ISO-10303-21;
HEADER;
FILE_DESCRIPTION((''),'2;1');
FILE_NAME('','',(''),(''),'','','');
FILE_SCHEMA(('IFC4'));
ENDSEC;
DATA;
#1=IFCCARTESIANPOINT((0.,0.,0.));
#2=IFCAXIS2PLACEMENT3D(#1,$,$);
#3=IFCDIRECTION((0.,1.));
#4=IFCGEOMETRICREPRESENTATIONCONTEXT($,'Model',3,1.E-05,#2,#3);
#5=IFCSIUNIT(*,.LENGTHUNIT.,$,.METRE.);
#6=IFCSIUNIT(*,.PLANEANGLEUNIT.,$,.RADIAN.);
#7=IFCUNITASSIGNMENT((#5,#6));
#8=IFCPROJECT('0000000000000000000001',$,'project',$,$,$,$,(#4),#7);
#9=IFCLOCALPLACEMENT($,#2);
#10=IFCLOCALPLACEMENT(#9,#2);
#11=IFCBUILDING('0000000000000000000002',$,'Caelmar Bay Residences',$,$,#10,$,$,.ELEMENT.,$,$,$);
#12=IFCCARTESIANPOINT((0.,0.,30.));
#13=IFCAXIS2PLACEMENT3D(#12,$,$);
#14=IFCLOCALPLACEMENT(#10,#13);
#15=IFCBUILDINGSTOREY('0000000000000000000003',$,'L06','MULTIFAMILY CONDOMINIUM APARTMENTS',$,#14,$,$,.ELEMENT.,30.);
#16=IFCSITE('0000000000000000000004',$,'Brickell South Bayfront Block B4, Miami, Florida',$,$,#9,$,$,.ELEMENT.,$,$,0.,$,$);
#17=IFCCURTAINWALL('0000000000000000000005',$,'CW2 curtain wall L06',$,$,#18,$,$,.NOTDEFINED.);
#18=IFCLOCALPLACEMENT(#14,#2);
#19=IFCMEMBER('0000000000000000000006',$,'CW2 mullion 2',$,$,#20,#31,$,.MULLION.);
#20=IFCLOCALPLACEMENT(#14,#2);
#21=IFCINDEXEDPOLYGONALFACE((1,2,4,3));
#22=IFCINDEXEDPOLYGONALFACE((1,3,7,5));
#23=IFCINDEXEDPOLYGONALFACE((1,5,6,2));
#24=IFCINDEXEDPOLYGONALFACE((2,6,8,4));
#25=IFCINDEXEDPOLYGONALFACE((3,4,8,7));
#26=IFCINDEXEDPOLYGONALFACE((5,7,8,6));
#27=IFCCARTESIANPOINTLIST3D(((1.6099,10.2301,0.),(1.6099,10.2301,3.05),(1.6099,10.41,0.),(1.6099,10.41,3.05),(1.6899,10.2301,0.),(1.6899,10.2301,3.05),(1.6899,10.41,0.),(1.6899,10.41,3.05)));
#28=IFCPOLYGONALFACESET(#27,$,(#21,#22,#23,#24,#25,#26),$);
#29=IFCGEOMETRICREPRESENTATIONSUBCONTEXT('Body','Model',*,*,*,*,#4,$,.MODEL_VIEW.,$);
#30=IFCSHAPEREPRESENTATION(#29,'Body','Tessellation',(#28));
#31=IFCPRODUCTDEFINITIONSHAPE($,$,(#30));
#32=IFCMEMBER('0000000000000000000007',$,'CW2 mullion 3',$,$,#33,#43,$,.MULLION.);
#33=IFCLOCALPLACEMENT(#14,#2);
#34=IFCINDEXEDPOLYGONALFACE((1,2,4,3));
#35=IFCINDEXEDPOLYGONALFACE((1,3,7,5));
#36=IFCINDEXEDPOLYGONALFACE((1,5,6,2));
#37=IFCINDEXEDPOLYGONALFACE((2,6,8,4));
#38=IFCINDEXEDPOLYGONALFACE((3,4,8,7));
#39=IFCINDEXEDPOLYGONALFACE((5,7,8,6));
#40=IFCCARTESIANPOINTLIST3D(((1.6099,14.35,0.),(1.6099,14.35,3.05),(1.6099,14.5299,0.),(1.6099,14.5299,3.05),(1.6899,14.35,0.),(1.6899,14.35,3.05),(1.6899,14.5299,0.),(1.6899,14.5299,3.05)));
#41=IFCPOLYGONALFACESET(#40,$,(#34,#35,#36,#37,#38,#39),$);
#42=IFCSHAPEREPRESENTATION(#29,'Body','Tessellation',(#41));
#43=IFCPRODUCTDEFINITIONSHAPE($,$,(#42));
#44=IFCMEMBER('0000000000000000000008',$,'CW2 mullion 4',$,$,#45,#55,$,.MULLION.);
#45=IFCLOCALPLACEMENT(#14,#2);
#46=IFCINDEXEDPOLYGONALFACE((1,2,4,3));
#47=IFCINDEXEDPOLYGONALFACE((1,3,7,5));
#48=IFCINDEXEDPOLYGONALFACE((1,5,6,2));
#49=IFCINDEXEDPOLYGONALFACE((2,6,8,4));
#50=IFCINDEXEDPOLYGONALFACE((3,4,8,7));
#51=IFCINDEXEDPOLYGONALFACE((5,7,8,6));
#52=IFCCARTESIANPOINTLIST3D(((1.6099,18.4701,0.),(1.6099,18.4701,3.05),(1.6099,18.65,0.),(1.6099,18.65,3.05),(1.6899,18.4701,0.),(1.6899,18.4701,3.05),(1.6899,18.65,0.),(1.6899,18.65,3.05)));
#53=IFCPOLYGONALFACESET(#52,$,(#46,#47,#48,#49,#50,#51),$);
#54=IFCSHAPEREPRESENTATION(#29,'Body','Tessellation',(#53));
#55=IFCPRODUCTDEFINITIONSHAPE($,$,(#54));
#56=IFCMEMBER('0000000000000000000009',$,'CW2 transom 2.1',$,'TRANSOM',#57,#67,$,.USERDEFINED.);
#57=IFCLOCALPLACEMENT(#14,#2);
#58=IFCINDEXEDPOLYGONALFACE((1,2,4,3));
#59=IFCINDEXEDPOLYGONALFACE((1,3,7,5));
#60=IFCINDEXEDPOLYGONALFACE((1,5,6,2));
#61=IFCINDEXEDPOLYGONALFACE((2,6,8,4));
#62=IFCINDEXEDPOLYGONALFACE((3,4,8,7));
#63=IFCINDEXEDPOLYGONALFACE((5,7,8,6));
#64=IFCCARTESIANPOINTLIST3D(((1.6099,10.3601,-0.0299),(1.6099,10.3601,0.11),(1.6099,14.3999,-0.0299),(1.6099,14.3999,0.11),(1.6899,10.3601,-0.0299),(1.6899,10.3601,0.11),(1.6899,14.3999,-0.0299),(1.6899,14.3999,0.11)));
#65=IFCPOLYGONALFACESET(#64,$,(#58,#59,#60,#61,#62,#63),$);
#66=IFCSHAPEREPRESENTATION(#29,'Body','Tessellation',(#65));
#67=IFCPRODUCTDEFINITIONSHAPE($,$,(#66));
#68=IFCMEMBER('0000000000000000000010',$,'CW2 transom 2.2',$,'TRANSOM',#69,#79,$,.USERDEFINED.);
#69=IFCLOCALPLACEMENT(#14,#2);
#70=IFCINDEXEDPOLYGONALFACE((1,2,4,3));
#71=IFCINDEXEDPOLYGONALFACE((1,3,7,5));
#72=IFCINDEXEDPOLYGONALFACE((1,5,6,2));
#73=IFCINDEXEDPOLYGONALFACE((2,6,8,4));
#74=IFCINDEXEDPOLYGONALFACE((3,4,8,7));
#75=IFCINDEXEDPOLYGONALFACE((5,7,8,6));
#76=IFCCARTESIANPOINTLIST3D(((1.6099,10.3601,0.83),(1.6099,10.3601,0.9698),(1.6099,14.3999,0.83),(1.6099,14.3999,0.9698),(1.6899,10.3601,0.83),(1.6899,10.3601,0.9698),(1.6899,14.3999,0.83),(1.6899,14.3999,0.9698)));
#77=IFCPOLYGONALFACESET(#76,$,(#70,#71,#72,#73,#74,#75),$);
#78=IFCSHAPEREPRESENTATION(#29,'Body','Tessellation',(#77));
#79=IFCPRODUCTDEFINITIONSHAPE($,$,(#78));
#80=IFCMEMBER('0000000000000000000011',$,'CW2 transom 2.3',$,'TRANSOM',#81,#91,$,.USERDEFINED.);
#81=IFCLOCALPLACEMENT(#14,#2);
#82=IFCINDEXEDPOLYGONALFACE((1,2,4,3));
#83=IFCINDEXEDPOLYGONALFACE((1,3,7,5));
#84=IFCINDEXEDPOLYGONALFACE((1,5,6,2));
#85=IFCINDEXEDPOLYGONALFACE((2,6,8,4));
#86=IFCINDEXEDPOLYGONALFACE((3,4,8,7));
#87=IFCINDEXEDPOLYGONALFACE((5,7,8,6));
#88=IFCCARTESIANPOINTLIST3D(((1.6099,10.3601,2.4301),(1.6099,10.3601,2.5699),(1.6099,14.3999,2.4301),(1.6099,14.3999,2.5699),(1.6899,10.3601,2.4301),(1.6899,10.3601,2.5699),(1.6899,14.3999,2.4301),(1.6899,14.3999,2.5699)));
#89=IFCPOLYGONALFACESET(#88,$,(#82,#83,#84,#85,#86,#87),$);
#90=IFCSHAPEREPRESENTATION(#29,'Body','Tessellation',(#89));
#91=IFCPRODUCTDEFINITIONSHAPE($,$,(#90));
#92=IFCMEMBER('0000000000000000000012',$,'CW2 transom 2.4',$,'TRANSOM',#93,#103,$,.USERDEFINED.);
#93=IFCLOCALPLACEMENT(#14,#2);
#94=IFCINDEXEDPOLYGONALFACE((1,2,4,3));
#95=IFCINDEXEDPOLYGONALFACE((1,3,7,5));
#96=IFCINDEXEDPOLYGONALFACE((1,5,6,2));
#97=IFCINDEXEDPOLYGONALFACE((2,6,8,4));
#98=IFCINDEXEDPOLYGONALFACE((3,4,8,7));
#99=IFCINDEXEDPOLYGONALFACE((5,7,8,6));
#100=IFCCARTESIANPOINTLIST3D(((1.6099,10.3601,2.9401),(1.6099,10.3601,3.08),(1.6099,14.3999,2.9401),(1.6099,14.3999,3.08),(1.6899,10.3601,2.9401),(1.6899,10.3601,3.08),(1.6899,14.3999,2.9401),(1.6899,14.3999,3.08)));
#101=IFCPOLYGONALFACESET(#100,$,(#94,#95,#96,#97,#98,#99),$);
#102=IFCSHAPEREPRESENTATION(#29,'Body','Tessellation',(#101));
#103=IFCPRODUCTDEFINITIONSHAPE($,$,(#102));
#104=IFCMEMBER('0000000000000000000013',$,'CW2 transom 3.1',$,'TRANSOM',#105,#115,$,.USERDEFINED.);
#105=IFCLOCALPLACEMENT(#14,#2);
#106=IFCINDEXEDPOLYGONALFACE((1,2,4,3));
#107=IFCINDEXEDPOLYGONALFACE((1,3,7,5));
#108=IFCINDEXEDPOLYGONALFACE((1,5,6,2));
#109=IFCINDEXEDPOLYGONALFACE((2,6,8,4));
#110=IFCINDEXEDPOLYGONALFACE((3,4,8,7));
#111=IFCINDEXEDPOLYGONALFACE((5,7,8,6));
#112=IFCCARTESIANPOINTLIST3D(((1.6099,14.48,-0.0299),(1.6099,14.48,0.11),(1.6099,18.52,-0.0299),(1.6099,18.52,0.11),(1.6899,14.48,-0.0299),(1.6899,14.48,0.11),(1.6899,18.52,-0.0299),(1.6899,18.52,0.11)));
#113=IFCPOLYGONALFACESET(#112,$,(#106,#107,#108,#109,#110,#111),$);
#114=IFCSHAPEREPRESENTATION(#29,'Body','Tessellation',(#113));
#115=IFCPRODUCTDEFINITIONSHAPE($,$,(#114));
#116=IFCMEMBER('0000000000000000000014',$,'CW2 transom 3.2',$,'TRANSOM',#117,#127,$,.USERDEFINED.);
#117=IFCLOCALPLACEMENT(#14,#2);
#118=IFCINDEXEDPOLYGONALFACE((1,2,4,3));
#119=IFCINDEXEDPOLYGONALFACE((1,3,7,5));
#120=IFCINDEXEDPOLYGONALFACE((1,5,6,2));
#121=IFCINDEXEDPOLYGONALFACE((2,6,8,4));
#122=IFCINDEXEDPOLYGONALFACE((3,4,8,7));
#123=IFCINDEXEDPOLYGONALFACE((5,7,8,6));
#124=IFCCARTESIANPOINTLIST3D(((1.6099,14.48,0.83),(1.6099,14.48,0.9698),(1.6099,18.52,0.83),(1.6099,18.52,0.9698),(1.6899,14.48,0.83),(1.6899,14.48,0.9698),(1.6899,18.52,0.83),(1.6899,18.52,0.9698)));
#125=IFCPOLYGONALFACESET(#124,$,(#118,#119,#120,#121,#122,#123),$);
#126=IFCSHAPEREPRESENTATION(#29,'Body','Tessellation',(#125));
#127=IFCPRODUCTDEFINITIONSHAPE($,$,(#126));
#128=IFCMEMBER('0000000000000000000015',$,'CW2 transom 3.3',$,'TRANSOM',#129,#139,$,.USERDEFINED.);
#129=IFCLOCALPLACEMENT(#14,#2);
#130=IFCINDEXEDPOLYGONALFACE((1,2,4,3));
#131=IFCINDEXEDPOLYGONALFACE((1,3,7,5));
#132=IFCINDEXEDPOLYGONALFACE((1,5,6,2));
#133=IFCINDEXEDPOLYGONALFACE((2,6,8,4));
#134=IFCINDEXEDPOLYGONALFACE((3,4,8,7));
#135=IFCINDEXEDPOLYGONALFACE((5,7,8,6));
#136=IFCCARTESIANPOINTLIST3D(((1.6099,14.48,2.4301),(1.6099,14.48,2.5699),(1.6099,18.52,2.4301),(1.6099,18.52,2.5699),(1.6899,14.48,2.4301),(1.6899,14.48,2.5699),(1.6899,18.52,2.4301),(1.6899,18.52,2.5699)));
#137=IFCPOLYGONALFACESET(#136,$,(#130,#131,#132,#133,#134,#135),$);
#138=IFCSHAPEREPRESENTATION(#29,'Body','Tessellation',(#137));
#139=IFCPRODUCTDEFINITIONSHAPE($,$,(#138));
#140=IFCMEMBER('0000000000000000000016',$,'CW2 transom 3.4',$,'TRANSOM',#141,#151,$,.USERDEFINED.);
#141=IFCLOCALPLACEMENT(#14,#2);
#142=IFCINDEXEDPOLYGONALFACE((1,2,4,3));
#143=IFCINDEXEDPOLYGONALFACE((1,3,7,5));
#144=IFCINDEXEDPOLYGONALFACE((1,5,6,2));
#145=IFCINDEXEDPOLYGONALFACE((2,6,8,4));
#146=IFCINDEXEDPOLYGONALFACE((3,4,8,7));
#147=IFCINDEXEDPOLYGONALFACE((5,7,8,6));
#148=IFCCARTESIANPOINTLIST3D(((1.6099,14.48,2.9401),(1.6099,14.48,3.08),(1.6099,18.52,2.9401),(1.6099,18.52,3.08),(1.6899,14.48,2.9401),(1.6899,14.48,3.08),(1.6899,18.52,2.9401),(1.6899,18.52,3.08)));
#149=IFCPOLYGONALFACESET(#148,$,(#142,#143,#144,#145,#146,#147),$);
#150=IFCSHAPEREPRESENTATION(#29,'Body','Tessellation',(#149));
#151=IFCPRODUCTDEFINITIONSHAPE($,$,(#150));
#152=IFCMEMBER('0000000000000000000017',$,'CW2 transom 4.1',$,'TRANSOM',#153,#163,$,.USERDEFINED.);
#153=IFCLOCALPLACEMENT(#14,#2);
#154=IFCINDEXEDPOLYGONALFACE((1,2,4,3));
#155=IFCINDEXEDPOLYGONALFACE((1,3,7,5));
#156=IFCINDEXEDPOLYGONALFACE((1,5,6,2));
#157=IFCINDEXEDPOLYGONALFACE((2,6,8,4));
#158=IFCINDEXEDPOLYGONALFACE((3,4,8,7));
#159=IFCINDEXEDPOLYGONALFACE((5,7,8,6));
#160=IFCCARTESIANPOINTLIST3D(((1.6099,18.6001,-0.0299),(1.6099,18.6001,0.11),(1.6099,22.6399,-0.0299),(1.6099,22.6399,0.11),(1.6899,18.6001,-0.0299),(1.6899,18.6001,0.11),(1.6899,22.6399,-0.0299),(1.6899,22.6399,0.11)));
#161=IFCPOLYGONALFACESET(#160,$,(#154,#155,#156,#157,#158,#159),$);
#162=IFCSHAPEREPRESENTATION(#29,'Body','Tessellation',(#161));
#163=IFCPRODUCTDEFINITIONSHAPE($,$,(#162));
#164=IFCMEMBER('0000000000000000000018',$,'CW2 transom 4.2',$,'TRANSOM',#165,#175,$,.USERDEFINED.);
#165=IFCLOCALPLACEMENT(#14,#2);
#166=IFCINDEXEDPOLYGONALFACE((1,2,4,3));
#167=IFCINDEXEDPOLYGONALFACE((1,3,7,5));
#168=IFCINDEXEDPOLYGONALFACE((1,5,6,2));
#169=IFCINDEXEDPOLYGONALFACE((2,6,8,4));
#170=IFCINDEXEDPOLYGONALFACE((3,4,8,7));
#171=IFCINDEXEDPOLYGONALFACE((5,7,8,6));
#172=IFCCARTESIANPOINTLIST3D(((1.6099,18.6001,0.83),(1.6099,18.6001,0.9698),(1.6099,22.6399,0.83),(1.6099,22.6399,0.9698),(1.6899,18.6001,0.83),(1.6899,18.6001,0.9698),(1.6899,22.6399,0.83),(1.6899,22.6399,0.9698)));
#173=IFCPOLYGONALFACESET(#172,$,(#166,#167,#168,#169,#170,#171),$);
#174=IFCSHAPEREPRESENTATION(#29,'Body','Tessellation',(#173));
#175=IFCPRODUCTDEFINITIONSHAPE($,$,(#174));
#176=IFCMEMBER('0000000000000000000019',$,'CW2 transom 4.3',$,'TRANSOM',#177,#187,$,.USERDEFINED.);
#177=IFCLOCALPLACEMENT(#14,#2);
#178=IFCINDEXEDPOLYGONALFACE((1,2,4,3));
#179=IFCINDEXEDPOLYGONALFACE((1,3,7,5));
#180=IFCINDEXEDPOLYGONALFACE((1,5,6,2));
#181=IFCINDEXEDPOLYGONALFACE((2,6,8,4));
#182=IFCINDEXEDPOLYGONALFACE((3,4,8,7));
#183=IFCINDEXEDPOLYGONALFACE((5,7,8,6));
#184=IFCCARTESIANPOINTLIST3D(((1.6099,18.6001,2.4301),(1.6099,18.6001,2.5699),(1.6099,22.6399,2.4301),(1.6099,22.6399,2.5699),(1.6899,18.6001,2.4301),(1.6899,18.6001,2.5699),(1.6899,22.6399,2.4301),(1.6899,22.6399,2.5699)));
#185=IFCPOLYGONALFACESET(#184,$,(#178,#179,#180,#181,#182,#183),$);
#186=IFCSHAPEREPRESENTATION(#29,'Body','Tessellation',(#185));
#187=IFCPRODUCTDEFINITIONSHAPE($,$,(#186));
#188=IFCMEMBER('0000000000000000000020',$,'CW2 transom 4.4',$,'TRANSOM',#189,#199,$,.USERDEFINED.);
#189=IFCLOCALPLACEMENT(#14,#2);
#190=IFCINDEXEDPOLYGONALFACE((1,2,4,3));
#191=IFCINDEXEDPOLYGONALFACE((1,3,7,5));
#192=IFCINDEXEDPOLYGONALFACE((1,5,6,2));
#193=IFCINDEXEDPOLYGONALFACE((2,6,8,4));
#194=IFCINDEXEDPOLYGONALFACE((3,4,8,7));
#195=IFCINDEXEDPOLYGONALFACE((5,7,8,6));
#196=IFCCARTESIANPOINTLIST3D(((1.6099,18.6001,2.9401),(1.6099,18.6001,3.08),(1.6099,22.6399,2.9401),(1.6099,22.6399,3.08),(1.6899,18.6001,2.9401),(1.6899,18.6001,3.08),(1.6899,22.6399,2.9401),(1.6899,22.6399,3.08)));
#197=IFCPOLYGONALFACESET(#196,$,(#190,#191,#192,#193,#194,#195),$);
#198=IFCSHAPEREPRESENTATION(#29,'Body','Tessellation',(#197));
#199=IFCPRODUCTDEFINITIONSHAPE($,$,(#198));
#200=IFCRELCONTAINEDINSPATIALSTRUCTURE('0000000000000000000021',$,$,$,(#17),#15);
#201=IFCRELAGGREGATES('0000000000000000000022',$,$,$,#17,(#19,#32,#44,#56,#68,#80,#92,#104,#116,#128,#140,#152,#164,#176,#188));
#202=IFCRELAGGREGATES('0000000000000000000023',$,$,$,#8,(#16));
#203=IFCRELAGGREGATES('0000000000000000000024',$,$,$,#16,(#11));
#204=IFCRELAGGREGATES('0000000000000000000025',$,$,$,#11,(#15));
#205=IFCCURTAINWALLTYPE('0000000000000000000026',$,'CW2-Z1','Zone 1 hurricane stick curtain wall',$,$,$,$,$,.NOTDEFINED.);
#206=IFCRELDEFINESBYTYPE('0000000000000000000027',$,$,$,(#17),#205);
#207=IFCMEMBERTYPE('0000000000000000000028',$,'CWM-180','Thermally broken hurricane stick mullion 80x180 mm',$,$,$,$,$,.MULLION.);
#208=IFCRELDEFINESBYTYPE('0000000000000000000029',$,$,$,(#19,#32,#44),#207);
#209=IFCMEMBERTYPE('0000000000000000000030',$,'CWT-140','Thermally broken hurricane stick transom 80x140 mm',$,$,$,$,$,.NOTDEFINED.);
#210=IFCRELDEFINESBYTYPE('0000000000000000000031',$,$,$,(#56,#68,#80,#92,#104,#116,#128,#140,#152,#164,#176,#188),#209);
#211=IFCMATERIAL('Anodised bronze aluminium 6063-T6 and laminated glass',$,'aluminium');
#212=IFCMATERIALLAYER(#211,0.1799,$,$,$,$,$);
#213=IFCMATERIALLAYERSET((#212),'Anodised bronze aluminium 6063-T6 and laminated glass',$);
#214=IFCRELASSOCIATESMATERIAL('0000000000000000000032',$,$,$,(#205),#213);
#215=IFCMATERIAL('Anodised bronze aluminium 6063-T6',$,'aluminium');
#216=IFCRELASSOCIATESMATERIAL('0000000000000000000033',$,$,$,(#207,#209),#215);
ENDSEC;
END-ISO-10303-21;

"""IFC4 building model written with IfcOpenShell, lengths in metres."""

from ifc_helpers import new_model, si_unit, direction, frame, origin, origin_2d, place, context, subcontext, project, spatial, rectangle, extrude, material, layer, layer_set, material_profile, profile_set, type_object, element, aggregate, save


model = new_model("IFC4")

# Units and contexts
model_context = context("Model", 3, precision=1e-05, world=origin(), true_north=direction((0.0, 1.0)))
body_context = subcontext(model_context, "Body", "Model", "MODEL_VIEW")
ifc_project = project(units=[si_unit("LENGTHUNIT", "METRE"), si_unit("PLANEANGLEUNIT", "RADIAN")], contexts=[model_context])

# Site, building, storey
site_placement = place(None, origin())
site = spatial("IfcSite", under=ifc_project, at=site_placement, Name="Brickell South Bayfront Block B4, Miami, Florida", CompositionType="ELEMENT", RefElevation=0.0)
building_placement = place(site_placement, origin())
building = spatial("IfcBuilding", under=site, at=building_placement, Name="Caelmar Bay Residences", CompositionType="ELEMENT")
storey_placement = place(building_placement, frame((0.0, 0.0, 30.0)))
storey = spatial("IfcBuildingStorey", under=building, at=storey_placement, Name="L06", Description="MULTIFAMILY CONDOMINIUM APARTMENTS", CompositionType="ELEMENT", Elevation=30.0)

# Curtain wall, members
ifc_material_1 = material(Name="Anodised bronze aluminium 6063-T6 and laminated glass", Category="aluminium")
ifc_layer_1 = layer(ifc_material_1, 0.1799)
ifc_layer_set_1 = layer_set([ifc_layer_1], Name="Anodised bronze aluminium 6063-T6 and laminated glass")
curtain_wall_type = type_object("IfcCurtainWallType", Name="CW2-Z1", Description="Zone 1 hurricane stick curtain wall", PredefinedType="NOTDEFINED", material=ifc_layer_set_1)
curtain_wall_placement = place(storey_placement, origin())
curtain_wall = element("IfcCurtainWall", 1, at=curtain_wall_placement, inside=storey, type_object=curtain_wall_type, Name="CW2 curtain wall L06", PredefinedType="NOTDEFINED")
ifc_material_2 = material(Name="Anodised bronze aluminium 6063-T6", Category="aluminium")
ifc_material_profile_1 = material_profile(ifc_material_2, rectangle(XDim=0.0801, YDim=0.1799, at=origin_2d()), Name="CWM-80X180")
ifc_profile_set_1 = profile_set([ifc_material_profile_1], Name="Anodised bronze aluminium 6063-T6")
member_type_1 = type_object("IfcMemberType", Name="CWM-180", Description="Thermally broken hurricane stick mullion 80x180 mm", PredefinedType="MULLION", material=ifc_profile_set_1)
member_1_placement = place(storey_placement, frame((1.6499, 10.3201, 0.0), z_axis=(0.0, 0.0, 1.0), x_axis=(-1.0, 0.0, 0.0)))
member_1 = element("IfcMember", 2, at=member_1_placement, type_object=member_type_1, Name="CW2 mullion 2", PredefinedType="MULLION", context=body_context, shape_type="SweptSolid", body=[
    extrude(rectangle(XDim=0.0801, YDim=0.1799, at=origin_2d()), origin(), (0.0, 0.0, 1.0), 3.05),
])
member_2_placement = place(storey_placement, frame((1.6499, 14.4399, 0.0), z_axis=(0.0, 0.0, 1.0), x_axis=(-1.0, 0.0, 0.0)))
member_2 = element("IfcMember", 3, at=member_2_placement, type_object=member_type_1, Name="CW2 mullion 3", PredefinedType="MULLION", context=body_context, shape_type="SweptSolid", body=[
    extrude(rectangle(XDim=0.0801, YDim=0.1799, at=origin_2d()), origin(), (0.0, 0.0, 1.0), 3.05),
])
member_3_placement = place(storey_placement, frame((1.6499, 18.5601, 0.0), z_axis=(0.0, 0.0, 1.0), x_axis=(-1.0, 0.0, 0.0)))
member_3 = element("IfcMember", 4, at=member_3_placement, type_object=member_type_1, Name="CW2 mullion 4", PredefinedType="MULLION", context=body_context, shape_type="SweptSolid", body=[
    extrude(rectangle(XDim=0.0801, YDim=0.1799, at=origin_2d()), origin(), (0.0, 0.0, 1.0), 3.05),
])
ifc_material_profile_2 = material_profile(ifc_material_2, rectangle(XDim=0.0801, YDim=0.1399, at=origin_2d()), Name="CWT-80X140")
ifc_profile_set_2 = profile_set([ifc_material_profile_2], Name="Anodised bronze aluminium 6063-T6")
member_type_2 = type_object("IfcMemberType", Name="CWT-140", Description="Thermally broken hurricane stick transom 80x140 mm", PredefinedType="NOTDEFINED", material=ifc_profile_set_2)
member_4_placement = place(storey_placement, frame((1.6499, 10.3601, 0.04), z_axis=(0.0, 1.0, 0.0), x_axis=(-1.0, 0.0, 0.0)))
member_4 = element("IfcMember", 5, at=member_4_placement, type_object=member_type_2, Name="CW2 transom 2.1", ObjectType="TRANSOM", PredefinedType="USERDEFINED", context=body_context, shape_type="SweptSolid", body=[
    extrude(rectangle(XDim=0.0801, YDim=0.1399, at=origin_2d()), origin(), (0.0, 0.0, 1.0), 4.0398),
])
member_5_placement = place(storey_placement, frame((1.6499, 10.3601, 0.8999), z_axis=(0.0, 1.0, 0.0), x_axis=(-1.0, 0.0, 0.0)))
member_5 = element("IfcMember", 6, at=member_5_placement, type_object=member_type_2, Name="CW2 transom 2.2", ObjectType="TRANSOM", PredefinedType="USERDEFINED", context=body_context, shape_type="SweptSolid", body=[
    extrude(rectangle(XDim=0.0801, YDim=0.1399, at=origin_2d()), origin(), (0.0, 0.0, 1.0), 4.0398),
])
member_6_placement = place(storey_placement, frame((1.6499, 10.3601, 2.5), z_axis=(0.0, 1.0, 0.0), x_axis=(-1.0, 0.0, 0.0)))
member_6 = element("IfcMember", 7, at=member_6_placement, type_object=member_type_2, Name="CW2 transom 2.3", ObjectType="TRANSOM", PredefinedType="USERDEFINED", context=body_context, shape_type="SweptSolid", body=[
    extrude(rectangle(XDim=0.0801, YDim=0.1399, at=origin_2d()), origin(), (0.0, 0.0, 1.0), 4.0398),
])
member_7_placement = place(storey_placement, frame((1.6499, 10.3601, 3.01), z_axis=(0.0, 1.0, 0.0), x_axis=(-1.0, 0.0, 0.0)))
member_7 = element("IfcMember", 8, at=member_7_placement, type_object=member_type_2, Name="CW2 transom 2.4", ObjectType="TRANSOM", PredefinedType="USERDEFINED", context=body_context, shape_type="SweptSolid", body=[
    extrude(rectangle(XDim=0.0801, YDim=0.1399, at=origin_2d()), origin(), (0.0, 0.0, 1.0), 4.0398),
])
member_8_placement = place(storey_placement, frame((1.6499, 14.48, 0.04), z_axis=(0.0, 1.0, 0.0), x_axis=(-1.0, 0.0, 0.0)))
member_8 = element("IfcMember", 9, at=member_8_placement, type_object=member_type_2, Name="CW2 transom 3.1", ObjectType="TRANSOM", PredefinedType="USERDEFINED", context=body_context, shape_type="SweptSolid", body=[
    extrude(rectangle(XDim=0.0801, YDim=0.1399, at=origin_2d()), origin(), (0.0, 0.0, 1.0), 4.04),
])
member_9_placement = place(storey_placement, frame((1.6499, 14.48, 0.8999), z_axis=(0.0, 1.0, 0.0), x_axis=(-1.0, 0.0, 0.0)))
member_9 = element("IfcMember", 10, at=member_9_placement, type_object=member_type_2, Name="CW2 transom 3.2", ObjectType="TRANSOM", PredefinedType="USERDEFINED", context=body_context, shape_type="SweptSolid", body=[
    extrude(rectangle(XDim=0.0801, YDim=0.1399, at=origin_2d()), origin(), (0.0, 0.0, 1.0), 4.04),
])
member_10_placement = place(storey_placement, frame((1.6499, 14.48, 2.5), z_axis=(0.0, 1.0, 0.0), x_axis=(-1.0, 0.0, 0.0)))
member_10 = element("IfcMember", 11, at=member_10_placement, type_object=member_type_2, Name="CW2 transom 3.3", ObjectType="TRANSOM", PredefinedType="USERDEFINED", context=body_context, shape_type="SweptSolid", body=[
    extrude(rectangle(XDim=0.0801, YDim=0.1399, at=origin_2d()), origin(), (0.0, 0.0, 1.0), 4.04),
])
member_11_placement = place(storey_placement, frame((1.6499, 14.48, 3.01), z_axis=(0.0, 1.0, 0.0), x_axis=(-1.0, 0.0, 0.0)))
member_11 = element("IfcMember", 12, at=member_11_placement, type_object=member_type_2, Name="CW2 transom 3.4", ObjectType="TRANSOM", PredefinedType="USERDEFINED", context=body_context, shape_type="SweptSolid", body=[
    extrude(rectangle(XDim=0.0801, YDim=0.1399, at=origin_2d()), origin(), (0.0, 0.0, 1.0), 4.04),
])
member_12_placement = place(storey_placement, frame((1.6499, 18.6001, 0.04), z_axis=(0.0, 1.0, 0.0), x_axis=(-1.0, 0.0, 0.0)))
member_12 = element("IfcMember", 13, at=member_12_placement, type_object=member_type_2, Name="CW2 transom 4.1", ObjectType="TRANSOM", PredefinedType="USERDEFINED", context=body_context, shape_type="SweptSolid", body=[
    extrude(rectangle(XDim=0.0801, YDim=0.1399, at=origin_2d()), origin(), (0.0, 0.0, 1.0), 4.0398),
])
member_13_placement = place(storey_placement, frame((1.6499, 18.6001, 0.8999), z_axis=(0.0, 1.0, 0.0), x_axis=(-1.0, 0.0, 0.0)))
member_13 = element("IfcMember", 14, at=member_13_placement, type_object=member_type_2, Name="CW2 transom 4.2", ObjectType="TRANSOM", PredefinedType="USERDEFINED", context=body_context, shape_type="SweptSolid", body=[
    extrude(rectangle(XDim=0.0801, YDim=0.1399, at=origin_2d()), origin(), (0.0, 0.0, 1.0), 4.0398),
])
member_14_placement = place(storey_placement, frame((1.6499, 18.6001, 2.5), z_axis=(0.0, 1.0, 0.0), x_axis=(-1.0, 0.0, 0.0)))
member_14 = element("IfcMember", 15, at=member_14_placement, type_object=member_type_2, Name="CW2 transom 4.3", ObjectType="TRANSOM", PredefinedType="USERDEFINED", context=body_context, shape_type="SweptSolid", body=[
    extrude(rectangle(XDim=0.0801, YDim=0.1399, at=origin_2d()), origin(), (0.0, 0.0, 1.0), 4.0398),
])
member_15_placement = place(storey_placement, frame((1.6499, 18.6001, 3.01), z_axis=(0.0, 1.0, 0.0), x_axis=(-1.0, 0.0, 0.0)))
member_15 = element("IfcMember", 16, at=member_15_placement, type_object=member_type_2, Name="CW2 transom 4.4", ObjectType="TRANSOM", PredefinedType="USERDEFINED", context=body_context, shape_type="SweptSolid", body=[
    extrude(rectangle(XDim=0.0801, YDim=0.1399, at=origin_2d()), origin(), (0.0, 0.0, 1.0), 4.0398),
])
aggregate(curtain_wall, [member_1, member_2, member_3, member_4, member_5, member_6, member_7, member_8, member_9, member_10, member_11, member_12, member_13, member_14, member_15])

save(model, "model.ifc")
